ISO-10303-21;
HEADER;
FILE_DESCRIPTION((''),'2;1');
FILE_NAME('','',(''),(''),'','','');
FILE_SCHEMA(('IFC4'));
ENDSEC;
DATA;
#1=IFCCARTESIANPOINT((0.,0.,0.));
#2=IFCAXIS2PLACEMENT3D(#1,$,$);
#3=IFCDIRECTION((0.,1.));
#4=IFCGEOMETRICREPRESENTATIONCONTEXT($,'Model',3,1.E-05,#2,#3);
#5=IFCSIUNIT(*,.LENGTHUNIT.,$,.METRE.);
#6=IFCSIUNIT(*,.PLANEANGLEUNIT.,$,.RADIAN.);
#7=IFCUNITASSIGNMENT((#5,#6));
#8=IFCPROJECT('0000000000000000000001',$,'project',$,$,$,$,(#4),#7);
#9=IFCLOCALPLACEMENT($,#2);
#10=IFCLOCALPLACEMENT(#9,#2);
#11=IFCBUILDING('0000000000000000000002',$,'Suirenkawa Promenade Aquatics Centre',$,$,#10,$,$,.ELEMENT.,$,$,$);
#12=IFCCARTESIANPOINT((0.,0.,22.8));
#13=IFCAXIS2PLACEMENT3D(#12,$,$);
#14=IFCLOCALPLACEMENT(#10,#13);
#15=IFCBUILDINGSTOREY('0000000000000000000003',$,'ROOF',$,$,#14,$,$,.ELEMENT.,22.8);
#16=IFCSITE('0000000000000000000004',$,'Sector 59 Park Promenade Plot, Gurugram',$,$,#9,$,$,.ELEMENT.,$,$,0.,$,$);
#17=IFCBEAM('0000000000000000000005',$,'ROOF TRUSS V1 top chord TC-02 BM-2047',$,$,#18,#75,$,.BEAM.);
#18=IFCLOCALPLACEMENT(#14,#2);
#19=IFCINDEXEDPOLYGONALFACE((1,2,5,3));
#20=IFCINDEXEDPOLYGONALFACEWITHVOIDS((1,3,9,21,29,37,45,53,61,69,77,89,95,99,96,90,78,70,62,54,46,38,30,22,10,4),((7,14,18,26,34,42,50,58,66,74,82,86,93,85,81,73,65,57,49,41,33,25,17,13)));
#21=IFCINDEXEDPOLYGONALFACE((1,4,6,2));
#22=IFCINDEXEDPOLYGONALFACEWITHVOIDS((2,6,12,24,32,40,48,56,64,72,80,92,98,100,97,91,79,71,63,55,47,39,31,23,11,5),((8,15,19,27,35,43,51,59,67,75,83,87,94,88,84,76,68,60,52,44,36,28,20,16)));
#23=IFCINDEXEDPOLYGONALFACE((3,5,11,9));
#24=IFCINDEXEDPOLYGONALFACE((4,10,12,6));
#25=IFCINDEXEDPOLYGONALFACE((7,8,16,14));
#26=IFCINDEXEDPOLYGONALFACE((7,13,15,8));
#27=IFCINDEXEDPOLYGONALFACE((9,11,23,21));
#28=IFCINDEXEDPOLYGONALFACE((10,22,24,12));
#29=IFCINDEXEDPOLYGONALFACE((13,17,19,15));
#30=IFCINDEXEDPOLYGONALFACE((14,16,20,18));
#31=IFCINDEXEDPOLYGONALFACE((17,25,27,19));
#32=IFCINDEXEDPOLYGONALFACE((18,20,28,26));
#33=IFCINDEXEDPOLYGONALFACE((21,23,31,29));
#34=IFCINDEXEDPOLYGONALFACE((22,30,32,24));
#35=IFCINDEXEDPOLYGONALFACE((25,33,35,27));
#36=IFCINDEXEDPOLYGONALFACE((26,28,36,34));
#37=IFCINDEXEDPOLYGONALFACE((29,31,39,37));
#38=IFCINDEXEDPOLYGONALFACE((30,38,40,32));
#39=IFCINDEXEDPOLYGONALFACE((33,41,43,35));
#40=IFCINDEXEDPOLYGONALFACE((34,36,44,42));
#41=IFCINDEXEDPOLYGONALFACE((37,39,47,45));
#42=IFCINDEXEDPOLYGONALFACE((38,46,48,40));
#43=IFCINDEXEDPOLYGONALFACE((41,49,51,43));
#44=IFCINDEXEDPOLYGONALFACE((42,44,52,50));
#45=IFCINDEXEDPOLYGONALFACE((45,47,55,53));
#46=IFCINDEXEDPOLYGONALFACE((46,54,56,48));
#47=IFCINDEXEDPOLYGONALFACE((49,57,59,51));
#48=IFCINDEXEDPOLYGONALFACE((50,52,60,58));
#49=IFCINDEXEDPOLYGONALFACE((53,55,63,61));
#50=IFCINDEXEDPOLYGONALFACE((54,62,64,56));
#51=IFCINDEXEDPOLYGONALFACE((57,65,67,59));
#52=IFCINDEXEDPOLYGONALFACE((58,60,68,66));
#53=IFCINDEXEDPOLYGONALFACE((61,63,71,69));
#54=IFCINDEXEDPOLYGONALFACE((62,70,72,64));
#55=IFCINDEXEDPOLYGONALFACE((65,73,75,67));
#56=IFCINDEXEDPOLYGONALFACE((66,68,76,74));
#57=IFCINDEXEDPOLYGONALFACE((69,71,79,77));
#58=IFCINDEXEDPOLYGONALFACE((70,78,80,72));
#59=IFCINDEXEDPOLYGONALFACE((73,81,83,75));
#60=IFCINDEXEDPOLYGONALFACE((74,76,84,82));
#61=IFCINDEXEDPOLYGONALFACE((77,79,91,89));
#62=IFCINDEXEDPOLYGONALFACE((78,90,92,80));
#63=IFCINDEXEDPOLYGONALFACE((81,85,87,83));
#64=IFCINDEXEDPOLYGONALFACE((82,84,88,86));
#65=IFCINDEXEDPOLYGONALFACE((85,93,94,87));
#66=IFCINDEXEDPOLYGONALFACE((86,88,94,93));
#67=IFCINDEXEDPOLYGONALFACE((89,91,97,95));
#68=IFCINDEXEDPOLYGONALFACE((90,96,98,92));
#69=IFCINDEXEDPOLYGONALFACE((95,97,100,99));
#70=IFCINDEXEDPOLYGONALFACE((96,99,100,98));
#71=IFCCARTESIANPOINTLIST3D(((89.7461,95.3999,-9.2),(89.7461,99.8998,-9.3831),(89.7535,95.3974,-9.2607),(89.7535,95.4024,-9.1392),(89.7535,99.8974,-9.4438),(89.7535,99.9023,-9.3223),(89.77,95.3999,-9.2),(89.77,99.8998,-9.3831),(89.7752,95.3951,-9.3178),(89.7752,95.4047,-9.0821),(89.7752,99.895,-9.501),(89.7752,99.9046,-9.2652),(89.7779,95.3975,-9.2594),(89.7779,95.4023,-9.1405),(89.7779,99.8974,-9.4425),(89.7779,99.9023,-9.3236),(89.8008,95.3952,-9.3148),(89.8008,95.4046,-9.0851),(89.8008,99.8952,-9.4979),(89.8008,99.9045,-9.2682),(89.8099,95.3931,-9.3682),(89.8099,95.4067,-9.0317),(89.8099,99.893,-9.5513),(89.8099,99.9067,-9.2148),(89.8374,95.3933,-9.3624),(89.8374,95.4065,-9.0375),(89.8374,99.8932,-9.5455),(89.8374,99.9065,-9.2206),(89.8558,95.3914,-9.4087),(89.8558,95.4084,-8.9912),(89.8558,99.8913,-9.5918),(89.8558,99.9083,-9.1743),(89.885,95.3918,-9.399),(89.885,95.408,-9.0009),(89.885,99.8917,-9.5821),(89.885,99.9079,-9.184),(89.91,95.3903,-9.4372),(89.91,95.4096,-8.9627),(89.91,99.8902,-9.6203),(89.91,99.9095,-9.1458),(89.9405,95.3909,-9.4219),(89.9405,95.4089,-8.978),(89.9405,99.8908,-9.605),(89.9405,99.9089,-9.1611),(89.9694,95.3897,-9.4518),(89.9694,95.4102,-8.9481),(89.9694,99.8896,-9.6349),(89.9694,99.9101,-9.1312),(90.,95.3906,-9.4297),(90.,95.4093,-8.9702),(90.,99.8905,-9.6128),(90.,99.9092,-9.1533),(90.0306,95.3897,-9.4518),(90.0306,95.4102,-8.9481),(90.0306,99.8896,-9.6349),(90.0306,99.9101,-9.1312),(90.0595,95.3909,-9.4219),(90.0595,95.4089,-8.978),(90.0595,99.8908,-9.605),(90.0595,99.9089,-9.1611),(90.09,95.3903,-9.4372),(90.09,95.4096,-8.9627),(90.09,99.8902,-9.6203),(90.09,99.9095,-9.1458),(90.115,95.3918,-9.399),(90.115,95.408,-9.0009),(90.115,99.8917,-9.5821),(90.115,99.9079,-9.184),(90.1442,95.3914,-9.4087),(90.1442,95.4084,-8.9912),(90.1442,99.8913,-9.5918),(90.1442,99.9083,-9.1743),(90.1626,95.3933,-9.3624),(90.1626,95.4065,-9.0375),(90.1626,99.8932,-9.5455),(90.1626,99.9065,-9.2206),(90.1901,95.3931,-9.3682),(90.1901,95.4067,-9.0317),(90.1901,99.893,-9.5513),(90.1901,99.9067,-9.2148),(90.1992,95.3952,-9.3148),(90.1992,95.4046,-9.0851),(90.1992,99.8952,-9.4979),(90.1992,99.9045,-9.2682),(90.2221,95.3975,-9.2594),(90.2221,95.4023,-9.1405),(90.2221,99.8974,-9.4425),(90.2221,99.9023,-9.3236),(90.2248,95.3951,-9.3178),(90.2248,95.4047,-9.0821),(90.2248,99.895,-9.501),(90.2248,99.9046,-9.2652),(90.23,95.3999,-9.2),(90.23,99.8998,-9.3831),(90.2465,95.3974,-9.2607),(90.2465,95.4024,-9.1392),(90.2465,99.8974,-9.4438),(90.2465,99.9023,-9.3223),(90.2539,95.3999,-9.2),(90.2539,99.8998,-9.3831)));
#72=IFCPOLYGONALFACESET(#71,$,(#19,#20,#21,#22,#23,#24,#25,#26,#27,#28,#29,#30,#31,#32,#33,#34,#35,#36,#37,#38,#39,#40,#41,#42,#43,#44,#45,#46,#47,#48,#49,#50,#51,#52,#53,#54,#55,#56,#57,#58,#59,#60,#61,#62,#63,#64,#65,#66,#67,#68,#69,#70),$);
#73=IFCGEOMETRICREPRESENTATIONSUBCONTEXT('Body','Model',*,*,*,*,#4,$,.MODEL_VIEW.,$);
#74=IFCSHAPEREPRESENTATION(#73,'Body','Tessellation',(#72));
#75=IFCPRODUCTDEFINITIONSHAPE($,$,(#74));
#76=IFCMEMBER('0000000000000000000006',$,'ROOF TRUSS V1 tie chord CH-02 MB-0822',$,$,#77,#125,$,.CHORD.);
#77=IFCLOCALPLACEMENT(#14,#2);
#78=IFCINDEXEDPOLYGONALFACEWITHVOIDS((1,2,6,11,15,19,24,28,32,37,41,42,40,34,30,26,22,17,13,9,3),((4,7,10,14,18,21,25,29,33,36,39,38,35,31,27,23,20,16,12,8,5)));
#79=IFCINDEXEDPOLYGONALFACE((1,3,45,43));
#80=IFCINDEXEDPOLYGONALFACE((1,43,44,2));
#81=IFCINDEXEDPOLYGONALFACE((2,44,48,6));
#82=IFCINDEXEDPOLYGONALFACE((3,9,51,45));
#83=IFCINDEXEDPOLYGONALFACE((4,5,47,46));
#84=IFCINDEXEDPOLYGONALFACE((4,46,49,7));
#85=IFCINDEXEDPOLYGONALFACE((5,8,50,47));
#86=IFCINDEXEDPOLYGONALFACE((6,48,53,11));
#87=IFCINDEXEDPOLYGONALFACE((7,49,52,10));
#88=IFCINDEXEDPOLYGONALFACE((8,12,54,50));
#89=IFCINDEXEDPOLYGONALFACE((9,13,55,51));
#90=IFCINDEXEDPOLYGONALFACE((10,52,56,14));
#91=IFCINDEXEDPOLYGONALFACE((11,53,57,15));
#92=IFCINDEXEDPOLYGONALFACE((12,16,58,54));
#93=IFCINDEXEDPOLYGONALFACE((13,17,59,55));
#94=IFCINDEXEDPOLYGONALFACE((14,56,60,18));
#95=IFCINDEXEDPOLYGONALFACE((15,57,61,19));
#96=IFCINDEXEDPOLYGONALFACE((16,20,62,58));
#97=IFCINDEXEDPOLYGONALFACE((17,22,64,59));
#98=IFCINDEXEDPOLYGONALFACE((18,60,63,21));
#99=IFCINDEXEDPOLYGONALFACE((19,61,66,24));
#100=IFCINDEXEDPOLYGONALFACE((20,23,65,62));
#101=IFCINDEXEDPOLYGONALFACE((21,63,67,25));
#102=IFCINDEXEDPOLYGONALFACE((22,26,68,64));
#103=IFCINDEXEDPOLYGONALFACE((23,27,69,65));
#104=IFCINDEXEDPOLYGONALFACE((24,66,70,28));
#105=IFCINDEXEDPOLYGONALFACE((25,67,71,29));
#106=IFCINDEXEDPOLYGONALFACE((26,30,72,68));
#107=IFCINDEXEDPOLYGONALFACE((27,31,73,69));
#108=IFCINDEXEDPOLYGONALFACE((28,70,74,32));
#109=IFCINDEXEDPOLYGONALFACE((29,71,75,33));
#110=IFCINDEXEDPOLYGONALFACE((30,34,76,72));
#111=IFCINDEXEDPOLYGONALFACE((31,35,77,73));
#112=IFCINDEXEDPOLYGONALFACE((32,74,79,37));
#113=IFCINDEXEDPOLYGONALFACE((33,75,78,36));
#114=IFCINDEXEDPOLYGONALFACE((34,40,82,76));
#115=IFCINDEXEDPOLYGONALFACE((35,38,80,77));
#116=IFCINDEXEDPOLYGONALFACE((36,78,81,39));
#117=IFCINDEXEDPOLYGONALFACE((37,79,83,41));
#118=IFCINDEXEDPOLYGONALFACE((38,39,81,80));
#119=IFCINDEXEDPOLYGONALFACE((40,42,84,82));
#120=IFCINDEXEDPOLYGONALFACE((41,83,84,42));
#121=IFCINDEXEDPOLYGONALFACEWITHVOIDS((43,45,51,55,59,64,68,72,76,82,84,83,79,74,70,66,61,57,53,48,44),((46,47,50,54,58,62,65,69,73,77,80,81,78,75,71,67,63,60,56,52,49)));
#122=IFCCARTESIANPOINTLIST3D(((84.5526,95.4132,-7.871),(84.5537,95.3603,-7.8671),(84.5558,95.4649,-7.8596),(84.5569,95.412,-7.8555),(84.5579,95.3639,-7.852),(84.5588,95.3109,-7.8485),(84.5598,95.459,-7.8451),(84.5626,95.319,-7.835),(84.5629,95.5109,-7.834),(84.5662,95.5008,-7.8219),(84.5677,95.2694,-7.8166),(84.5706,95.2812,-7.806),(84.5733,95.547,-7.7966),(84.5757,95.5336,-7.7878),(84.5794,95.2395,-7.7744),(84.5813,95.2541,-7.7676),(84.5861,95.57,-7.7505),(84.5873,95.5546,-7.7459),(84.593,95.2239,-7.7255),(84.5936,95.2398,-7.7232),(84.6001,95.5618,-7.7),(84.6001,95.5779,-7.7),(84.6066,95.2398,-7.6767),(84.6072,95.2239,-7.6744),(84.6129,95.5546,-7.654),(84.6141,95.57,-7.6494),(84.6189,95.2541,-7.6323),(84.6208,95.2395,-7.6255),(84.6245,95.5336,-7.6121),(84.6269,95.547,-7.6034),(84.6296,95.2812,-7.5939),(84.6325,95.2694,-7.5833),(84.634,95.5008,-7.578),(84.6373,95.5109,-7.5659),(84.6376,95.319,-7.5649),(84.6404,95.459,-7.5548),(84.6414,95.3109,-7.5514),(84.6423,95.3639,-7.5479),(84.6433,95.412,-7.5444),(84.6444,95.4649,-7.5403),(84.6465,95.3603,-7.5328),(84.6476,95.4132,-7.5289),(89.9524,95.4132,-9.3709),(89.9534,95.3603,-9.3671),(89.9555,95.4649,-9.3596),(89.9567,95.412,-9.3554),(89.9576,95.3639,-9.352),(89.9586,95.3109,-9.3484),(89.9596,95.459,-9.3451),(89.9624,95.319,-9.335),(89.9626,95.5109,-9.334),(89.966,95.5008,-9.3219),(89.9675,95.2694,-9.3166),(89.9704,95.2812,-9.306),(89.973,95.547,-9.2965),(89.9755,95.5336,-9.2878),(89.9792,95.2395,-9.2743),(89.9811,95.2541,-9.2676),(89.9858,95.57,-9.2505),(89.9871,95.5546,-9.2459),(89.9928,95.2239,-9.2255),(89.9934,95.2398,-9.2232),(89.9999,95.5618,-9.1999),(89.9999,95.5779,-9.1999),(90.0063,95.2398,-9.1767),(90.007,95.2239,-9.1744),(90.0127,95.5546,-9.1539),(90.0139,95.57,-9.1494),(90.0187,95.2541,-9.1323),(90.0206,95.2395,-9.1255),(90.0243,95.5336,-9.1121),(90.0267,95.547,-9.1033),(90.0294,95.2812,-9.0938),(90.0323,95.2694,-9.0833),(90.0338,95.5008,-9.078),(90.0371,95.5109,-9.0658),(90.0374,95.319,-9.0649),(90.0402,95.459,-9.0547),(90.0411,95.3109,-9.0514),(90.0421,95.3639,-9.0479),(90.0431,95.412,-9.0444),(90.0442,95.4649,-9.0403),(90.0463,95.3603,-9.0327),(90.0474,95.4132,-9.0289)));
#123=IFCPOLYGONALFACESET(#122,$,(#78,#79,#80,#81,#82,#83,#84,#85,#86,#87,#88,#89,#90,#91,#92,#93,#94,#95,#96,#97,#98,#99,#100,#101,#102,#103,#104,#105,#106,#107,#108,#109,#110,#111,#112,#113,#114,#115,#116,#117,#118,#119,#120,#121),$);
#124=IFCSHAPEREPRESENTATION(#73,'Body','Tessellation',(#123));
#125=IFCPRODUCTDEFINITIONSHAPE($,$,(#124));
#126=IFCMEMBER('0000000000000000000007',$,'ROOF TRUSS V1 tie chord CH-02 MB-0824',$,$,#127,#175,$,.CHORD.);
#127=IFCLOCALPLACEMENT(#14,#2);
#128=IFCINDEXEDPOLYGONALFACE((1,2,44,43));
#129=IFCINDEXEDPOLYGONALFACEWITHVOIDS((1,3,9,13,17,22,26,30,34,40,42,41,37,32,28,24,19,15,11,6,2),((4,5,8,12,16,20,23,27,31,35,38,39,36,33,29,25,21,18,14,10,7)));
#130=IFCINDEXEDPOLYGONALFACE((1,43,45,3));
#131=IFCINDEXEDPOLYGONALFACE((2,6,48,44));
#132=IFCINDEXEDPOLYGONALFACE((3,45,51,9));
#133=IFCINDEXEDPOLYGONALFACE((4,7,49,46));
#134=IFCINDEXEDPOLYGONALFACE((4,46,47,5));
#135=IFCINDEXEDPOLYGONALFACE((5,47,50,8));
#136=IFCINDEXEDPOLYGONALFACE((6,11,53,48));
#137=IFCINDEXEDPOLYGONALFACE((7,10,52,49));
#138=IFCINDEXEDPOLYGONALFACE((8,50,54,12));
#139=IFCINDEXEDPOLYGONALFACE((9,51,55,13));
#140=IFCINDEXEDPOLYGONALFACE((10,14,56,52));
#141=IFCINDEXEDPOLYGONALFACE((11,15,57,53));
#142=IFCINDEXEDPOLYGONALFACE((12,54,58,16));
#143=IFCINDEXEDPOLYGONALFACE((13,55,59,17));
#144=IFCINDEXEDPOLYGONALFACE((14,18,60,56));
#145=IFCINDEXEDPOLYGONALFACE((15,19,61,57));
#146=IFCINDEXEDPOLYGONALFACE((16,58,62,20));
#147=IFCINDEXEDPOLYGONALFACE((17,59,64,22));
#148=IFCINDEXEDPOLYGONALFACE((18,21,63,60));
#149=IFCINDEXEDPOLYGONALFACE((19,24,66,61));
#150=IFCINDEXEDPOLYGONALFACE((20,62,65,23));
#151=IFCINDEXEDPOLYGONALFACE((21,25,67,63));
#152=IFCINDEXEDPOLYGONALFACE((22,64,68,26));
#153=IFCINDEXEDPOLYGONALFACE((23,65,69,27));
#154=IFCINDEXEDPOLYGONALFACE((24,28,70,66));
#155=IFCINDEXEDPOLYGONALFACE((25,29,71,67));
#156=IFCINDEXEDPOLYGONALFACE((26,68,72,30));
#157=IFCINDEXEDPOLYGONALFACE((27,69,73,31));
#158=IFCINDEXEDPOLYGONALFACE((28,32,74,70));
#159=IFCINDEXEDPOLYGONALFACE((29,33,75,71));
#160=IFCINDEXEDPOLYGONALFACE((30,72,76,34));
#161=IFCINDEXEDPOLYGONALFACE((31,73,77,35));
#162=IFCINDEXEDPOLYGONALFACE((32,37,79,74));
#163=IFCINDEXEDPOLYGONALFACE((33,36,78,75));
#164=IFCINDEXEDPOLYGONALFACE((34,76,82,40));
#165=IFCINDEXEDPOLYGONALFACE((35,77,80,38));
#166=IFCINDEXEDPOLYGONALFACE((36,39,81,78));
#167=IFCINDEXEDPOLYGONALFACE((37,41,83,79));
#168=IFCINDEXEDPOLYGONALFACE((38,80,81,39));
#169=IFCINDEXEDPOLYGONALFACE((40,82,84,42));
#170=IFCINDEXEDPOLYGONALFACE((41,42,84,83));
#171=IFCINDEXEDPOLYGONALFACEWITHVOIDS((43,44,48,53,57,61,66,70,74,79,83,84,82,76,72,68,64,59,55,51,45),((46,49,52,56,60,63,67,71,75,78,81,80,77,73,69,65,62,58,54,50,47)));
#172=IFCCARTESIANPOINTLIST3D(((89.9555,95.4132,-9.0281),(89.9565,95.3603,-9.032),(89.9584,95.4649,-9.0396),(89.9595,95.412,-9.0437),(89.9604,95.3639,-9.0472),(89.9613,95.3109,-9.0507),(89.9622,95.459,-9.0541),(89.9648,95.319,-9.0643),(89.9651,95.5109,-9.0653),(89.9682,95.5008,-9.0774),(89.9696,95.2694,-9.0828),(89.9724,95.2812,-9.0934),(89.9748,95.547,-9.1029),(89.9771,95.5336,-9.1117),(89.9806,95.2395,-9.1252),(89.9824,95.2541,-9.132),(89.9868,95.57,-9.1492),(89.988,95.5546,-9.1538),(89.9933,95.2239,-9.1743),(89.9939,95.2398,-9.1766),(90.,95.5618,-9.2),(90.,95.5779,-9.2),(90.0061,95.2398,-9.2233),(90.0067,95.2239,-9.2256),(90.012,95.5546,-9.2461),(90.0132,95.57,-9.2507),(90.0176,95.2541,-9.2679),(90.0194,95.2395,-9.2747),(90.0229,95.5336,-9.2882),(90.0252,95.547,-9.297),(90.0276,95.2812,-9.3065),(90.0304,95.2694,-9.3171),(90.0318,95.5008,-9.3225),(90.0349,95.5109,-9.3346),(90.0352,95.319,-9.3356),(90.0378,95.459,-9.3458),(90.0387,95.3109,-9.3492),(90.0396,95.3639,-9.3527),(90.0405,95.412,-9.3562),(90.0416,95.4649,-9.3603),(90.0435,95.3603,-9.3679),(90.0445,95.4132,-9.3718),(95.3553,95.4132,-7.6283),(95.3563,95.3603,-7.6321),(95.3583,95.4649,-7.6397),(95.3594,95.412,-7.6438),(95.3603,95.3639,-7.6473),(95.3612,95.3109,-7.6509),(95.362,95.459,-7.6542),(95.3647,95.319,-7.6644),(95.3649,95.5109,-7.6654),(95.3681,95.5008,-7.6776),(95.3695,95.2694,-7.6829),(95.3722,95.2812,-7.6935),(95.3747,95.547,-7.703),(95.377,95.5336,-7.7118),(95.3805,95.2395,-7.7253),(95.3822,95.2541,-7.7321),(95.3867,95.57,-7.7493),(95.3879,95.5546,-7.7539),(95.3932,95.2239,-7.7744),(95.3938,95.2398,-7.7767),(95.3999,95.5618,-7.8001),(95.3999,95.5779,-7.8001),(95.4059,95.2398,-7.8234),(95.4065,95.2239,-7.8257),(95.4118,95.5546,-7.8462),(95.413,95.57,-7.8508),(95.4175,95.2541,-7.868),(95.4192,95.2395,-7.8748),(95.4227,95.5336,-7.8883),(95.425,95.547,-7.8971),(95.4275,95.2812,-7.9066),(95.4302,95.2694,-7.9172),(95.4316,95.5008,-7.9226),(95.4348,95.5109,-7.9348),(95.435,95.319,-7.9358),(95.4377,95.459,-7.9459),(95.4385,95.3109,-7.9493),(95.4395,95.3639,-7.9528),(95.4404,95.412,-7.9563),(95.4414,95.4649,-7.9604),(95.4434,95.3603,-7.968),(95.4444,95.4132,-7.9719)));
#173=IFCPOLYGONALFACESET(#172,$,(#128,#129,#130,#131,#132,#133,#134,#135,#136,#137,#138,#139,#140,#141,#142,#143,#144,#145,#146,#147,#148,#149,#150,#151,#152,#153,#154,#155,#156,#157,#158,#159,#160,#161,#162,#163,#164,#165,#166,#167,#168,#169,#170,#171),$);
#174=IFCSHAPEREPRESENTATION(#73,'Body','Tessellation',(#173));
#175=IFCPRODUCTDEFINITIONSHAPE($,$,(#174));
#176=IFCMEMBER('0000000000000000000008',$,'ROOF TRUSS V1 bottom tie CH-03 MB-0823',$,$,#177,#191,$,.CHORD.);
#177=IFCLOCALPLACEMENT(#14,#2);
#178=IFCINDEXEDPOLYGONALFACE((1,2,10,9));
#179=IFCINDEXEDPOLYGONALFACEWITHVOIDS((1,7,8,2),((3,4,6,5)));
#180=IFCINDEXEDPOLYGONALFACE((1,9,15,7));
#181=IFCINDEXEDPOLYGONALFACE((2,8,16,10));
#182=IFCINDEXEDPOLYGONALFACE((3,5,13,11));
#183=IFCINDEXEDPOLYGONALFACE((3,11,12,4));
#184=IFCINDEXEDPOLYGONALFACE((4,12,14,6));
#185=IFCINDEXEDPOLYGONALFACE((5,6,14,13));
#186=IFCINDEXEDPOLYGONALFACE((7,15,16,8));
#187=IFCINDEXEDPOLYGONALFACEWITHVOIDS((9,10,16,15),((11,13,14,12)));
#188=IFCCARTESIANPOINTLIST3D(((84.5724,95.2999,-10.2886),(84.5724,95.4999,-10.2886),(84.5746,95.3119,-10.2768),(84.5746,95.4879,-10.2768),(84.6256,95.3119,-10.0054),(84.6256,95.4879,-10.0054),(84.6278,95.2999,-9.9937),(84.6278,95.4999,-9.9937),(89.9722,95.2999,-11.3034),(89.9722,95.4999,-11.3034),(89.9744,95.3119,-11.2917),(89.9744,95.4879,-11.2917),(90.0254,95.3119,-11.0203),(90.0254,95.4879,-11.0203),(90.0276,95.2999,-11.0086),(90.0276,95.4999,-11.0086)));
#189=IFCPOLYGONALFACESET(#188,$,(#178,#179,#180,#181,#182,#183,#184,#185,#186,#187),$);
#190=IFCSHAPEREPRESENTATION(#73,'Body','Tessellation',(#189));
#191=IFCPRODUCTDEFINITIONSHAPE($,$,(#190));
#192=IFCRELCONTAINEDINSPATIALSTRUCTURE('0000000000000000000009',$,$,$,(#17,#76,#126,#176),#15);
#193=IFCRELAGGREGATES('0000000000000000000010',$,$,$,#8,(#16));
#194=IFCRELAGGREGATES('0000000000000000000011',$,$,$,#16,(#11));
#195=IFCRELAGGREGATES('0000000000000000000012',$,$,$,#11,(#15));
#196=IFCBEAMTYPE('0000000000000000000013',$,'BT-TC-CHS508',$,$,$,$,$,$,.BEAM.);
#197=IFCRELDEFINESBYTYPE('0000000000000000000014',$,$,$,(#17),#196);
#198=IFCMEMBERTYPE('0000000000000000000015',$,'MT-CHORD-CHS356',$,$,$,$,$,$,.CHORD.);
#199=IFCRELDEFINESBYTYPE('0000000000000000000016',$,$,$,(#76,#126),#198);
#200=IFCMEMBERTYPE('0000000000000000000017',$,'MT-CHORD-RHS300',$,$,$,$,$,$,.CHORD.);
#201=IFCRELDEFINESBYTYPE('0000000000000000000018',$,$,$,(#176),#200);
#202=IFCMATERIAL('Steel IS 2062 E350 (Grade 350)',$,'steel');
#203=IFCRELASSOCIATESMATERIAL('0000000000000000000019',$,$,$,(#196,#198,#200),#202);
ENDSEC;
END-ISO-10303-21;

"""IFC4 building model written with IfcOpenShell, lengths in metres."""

from ifc_helpers import new_model, si_unit, direction, frame, origin, origin_2d, place, context, subcontext, project, spatial, hollow_rectangle, hollow_circle, extrude, material, material_profile, profile_set, type_object, element, save


model = new_model("IFC4")

# Units and contexts
model_context = context("Model", 3, precision=1e-05, world=origin(), true_north=direction((0.0, 1.0)))
body_context = subcontext(model_context, "Body", "Model", "MODEL_VIEW")
ifc_project = project(units=[si_unit("LENGTHUNIT", "METRE"), si_unit("PLANEANGLEUNIT", "RADIAN")], contexts=[model_context])

# Site, building, storey
site_placement = place(None, origin())
site = spatial("IfcSite", under=ifc_project, at=site_placement, Name="Sector 59 Park Promenade Plot, Gurugram", CompositionType="ELEMENT", RefElevation=0.0)
building_placement = place(site_placement, origin())
building = spatial("IfcBuilding", under=site, at=building_placement, Name="Suirenkawa Promenade Aquatics Centre", CompositionType="ELEMENT")
storey_placement = place(building_placement, frame((0.0, 0.0, 22.8)))
storey = spatial("IfcBuildingStorey", under=building, at=storey_placement, Name="ROOF", CompositionType="ELEMENT", Elevation=22.8)

# Beam
ifc_material_1 = material(Name="Steel IS 2062 E350 (Grade 350)", Category="steel")
ifc_material_profile_1 = material_profile(ifc_material_1, hollow_circle(Radius=0.2539, WallThickness=0.0239, at=origin_2d()), Name="CHS 508x24", Category="steel")
ifc_profile_set_1 = profile_set([ifc_material_profile_1], Name="Steel IS 2062 E350 (Grade 350)")
beam_type_1 = type_object("IfcBeamType", Name="BT-TC-CHS508", PredefinedType="BEAM", material=ifc_profile_set_1)
for number, where, z_axis, x_axis, name in (
    (1, (90.0, 95.3999, -9.2), (0.0, 0.999173, -0.040656), (-1.0, 0.0, 0.0), "ROOF TRUSS V1 top chord TC-02 BM-2047"),
):
    element("IfcBeam", number, at=place(storey_placement, frame(where, z_axis=z_axis, x_axis=x_axis)), inside=storey, type_object=beam_type_1, Name=name, PredefinedType="BEAM", context=body_context, shape_type="SweptSolid", body=[
        extrude(hollow_circle(Radius=0.2539, WallThickness=0.0239, at=origin_2d()), origin(), (0.0, 0.0, 1.0), 4.5037),
    ])

# Members
ifc_material_profile_2 = material_profile(ifc_material_1, hollow_circle(Radius=0.178, WallThickness=0.0161, at=origin_2d()), Name="CHS 356x16", Category="steel")
ifc_profile_set_2 = profile_set([ifc_material_profile_2], Name="Steel IS 2062 E350 (Grade 350)")
member_type_1 = type_object("IfcMemberType", Name="MT-CHORD-CHS356", PredefinedType="CHORD", material=ifc_profile_set_2)
member_1_placement = place(storey_placement, frame((84.6001, 95.3999, -7.7), z_axis=(0.963517, 0.0, -0.267648), x_axis=(0.0, 1.0, 0.0)))
element("IfcMember", 2, at=member_1_placement, inside=storey, type_object=member_type_1, Name="ROOF TRUSS V1 tie chord CH-02 MB-0822", PredefinedType="CHORD", context=body_context, shape_type="SweptSolid", body=[
    extrude(hollow_circle(Radius=0.178, WallThickness=0.0161, at=origin_2d()), origin(), (0.0, 0.0, 1.0), 5.6042),
])
member_2_placement = place(storey_placement, frame((90.0, 95.3999, -9.2), z_axis=(0.968, 0.0, 0.25095), x_axis=(0.0, 1.0, 0.0)))
element("IfcMember", 3, at=member_2_placement, inside=storey, type_object=member_type_1, Name="ROOF TRUSS V1 tie chord CH-02 MB-0824", PredefinedType="CHORD", context=body_context, shape_type="SweptSolid", body=[
    extrude(hollow_circle(Radius=0.178, WallThickness=0.0161, at=origin_2d()), origin(), (0.0, 0.0, 1.0), 5.5784),
])
ifc_material_profile_3 = material_profile(ifc_material_1, hollow_rectangle(XDim=0.2, YDim=0.3, WallThickness=0.012, at=origin_2d()), Name="RHS 300x200x12", Category="steel")
ifc_profile_set_3 = profile_set([ifc_material_profile_3], Name="Steel IS 2062 E350 (Grade 350)")
member_type_2 = type_object("IfcMemberType", Name="MT-CHORD-RHS300", PredefinedType="CHORD", material=ifc_profile_set_3)
member_3_placement = place(storey_placement, frame((84.6001, 95.3999, -10.1411), z_axis=(0.982793, 0.0, -0.184712), x_axis=(0.0, 1.0, 0.0)))
element("IfcMember", 4, at=member_3_placement, inside=storey, type_object=member_type_2, Name="ROOF TRUSS V1 bottom tie CH-03 MB-0823", PredefinedType="CHORD", context=body_context, shape_type="SweptSolid", body=[
    extrude(hollow_rectangle(XDim=0.2, YDim=0.3, WallThickness=0.012, at=origin_2d()), origin(), (0.0, 0.0, 1.0), 5.4944),
])

save(model, "model.ifc")
